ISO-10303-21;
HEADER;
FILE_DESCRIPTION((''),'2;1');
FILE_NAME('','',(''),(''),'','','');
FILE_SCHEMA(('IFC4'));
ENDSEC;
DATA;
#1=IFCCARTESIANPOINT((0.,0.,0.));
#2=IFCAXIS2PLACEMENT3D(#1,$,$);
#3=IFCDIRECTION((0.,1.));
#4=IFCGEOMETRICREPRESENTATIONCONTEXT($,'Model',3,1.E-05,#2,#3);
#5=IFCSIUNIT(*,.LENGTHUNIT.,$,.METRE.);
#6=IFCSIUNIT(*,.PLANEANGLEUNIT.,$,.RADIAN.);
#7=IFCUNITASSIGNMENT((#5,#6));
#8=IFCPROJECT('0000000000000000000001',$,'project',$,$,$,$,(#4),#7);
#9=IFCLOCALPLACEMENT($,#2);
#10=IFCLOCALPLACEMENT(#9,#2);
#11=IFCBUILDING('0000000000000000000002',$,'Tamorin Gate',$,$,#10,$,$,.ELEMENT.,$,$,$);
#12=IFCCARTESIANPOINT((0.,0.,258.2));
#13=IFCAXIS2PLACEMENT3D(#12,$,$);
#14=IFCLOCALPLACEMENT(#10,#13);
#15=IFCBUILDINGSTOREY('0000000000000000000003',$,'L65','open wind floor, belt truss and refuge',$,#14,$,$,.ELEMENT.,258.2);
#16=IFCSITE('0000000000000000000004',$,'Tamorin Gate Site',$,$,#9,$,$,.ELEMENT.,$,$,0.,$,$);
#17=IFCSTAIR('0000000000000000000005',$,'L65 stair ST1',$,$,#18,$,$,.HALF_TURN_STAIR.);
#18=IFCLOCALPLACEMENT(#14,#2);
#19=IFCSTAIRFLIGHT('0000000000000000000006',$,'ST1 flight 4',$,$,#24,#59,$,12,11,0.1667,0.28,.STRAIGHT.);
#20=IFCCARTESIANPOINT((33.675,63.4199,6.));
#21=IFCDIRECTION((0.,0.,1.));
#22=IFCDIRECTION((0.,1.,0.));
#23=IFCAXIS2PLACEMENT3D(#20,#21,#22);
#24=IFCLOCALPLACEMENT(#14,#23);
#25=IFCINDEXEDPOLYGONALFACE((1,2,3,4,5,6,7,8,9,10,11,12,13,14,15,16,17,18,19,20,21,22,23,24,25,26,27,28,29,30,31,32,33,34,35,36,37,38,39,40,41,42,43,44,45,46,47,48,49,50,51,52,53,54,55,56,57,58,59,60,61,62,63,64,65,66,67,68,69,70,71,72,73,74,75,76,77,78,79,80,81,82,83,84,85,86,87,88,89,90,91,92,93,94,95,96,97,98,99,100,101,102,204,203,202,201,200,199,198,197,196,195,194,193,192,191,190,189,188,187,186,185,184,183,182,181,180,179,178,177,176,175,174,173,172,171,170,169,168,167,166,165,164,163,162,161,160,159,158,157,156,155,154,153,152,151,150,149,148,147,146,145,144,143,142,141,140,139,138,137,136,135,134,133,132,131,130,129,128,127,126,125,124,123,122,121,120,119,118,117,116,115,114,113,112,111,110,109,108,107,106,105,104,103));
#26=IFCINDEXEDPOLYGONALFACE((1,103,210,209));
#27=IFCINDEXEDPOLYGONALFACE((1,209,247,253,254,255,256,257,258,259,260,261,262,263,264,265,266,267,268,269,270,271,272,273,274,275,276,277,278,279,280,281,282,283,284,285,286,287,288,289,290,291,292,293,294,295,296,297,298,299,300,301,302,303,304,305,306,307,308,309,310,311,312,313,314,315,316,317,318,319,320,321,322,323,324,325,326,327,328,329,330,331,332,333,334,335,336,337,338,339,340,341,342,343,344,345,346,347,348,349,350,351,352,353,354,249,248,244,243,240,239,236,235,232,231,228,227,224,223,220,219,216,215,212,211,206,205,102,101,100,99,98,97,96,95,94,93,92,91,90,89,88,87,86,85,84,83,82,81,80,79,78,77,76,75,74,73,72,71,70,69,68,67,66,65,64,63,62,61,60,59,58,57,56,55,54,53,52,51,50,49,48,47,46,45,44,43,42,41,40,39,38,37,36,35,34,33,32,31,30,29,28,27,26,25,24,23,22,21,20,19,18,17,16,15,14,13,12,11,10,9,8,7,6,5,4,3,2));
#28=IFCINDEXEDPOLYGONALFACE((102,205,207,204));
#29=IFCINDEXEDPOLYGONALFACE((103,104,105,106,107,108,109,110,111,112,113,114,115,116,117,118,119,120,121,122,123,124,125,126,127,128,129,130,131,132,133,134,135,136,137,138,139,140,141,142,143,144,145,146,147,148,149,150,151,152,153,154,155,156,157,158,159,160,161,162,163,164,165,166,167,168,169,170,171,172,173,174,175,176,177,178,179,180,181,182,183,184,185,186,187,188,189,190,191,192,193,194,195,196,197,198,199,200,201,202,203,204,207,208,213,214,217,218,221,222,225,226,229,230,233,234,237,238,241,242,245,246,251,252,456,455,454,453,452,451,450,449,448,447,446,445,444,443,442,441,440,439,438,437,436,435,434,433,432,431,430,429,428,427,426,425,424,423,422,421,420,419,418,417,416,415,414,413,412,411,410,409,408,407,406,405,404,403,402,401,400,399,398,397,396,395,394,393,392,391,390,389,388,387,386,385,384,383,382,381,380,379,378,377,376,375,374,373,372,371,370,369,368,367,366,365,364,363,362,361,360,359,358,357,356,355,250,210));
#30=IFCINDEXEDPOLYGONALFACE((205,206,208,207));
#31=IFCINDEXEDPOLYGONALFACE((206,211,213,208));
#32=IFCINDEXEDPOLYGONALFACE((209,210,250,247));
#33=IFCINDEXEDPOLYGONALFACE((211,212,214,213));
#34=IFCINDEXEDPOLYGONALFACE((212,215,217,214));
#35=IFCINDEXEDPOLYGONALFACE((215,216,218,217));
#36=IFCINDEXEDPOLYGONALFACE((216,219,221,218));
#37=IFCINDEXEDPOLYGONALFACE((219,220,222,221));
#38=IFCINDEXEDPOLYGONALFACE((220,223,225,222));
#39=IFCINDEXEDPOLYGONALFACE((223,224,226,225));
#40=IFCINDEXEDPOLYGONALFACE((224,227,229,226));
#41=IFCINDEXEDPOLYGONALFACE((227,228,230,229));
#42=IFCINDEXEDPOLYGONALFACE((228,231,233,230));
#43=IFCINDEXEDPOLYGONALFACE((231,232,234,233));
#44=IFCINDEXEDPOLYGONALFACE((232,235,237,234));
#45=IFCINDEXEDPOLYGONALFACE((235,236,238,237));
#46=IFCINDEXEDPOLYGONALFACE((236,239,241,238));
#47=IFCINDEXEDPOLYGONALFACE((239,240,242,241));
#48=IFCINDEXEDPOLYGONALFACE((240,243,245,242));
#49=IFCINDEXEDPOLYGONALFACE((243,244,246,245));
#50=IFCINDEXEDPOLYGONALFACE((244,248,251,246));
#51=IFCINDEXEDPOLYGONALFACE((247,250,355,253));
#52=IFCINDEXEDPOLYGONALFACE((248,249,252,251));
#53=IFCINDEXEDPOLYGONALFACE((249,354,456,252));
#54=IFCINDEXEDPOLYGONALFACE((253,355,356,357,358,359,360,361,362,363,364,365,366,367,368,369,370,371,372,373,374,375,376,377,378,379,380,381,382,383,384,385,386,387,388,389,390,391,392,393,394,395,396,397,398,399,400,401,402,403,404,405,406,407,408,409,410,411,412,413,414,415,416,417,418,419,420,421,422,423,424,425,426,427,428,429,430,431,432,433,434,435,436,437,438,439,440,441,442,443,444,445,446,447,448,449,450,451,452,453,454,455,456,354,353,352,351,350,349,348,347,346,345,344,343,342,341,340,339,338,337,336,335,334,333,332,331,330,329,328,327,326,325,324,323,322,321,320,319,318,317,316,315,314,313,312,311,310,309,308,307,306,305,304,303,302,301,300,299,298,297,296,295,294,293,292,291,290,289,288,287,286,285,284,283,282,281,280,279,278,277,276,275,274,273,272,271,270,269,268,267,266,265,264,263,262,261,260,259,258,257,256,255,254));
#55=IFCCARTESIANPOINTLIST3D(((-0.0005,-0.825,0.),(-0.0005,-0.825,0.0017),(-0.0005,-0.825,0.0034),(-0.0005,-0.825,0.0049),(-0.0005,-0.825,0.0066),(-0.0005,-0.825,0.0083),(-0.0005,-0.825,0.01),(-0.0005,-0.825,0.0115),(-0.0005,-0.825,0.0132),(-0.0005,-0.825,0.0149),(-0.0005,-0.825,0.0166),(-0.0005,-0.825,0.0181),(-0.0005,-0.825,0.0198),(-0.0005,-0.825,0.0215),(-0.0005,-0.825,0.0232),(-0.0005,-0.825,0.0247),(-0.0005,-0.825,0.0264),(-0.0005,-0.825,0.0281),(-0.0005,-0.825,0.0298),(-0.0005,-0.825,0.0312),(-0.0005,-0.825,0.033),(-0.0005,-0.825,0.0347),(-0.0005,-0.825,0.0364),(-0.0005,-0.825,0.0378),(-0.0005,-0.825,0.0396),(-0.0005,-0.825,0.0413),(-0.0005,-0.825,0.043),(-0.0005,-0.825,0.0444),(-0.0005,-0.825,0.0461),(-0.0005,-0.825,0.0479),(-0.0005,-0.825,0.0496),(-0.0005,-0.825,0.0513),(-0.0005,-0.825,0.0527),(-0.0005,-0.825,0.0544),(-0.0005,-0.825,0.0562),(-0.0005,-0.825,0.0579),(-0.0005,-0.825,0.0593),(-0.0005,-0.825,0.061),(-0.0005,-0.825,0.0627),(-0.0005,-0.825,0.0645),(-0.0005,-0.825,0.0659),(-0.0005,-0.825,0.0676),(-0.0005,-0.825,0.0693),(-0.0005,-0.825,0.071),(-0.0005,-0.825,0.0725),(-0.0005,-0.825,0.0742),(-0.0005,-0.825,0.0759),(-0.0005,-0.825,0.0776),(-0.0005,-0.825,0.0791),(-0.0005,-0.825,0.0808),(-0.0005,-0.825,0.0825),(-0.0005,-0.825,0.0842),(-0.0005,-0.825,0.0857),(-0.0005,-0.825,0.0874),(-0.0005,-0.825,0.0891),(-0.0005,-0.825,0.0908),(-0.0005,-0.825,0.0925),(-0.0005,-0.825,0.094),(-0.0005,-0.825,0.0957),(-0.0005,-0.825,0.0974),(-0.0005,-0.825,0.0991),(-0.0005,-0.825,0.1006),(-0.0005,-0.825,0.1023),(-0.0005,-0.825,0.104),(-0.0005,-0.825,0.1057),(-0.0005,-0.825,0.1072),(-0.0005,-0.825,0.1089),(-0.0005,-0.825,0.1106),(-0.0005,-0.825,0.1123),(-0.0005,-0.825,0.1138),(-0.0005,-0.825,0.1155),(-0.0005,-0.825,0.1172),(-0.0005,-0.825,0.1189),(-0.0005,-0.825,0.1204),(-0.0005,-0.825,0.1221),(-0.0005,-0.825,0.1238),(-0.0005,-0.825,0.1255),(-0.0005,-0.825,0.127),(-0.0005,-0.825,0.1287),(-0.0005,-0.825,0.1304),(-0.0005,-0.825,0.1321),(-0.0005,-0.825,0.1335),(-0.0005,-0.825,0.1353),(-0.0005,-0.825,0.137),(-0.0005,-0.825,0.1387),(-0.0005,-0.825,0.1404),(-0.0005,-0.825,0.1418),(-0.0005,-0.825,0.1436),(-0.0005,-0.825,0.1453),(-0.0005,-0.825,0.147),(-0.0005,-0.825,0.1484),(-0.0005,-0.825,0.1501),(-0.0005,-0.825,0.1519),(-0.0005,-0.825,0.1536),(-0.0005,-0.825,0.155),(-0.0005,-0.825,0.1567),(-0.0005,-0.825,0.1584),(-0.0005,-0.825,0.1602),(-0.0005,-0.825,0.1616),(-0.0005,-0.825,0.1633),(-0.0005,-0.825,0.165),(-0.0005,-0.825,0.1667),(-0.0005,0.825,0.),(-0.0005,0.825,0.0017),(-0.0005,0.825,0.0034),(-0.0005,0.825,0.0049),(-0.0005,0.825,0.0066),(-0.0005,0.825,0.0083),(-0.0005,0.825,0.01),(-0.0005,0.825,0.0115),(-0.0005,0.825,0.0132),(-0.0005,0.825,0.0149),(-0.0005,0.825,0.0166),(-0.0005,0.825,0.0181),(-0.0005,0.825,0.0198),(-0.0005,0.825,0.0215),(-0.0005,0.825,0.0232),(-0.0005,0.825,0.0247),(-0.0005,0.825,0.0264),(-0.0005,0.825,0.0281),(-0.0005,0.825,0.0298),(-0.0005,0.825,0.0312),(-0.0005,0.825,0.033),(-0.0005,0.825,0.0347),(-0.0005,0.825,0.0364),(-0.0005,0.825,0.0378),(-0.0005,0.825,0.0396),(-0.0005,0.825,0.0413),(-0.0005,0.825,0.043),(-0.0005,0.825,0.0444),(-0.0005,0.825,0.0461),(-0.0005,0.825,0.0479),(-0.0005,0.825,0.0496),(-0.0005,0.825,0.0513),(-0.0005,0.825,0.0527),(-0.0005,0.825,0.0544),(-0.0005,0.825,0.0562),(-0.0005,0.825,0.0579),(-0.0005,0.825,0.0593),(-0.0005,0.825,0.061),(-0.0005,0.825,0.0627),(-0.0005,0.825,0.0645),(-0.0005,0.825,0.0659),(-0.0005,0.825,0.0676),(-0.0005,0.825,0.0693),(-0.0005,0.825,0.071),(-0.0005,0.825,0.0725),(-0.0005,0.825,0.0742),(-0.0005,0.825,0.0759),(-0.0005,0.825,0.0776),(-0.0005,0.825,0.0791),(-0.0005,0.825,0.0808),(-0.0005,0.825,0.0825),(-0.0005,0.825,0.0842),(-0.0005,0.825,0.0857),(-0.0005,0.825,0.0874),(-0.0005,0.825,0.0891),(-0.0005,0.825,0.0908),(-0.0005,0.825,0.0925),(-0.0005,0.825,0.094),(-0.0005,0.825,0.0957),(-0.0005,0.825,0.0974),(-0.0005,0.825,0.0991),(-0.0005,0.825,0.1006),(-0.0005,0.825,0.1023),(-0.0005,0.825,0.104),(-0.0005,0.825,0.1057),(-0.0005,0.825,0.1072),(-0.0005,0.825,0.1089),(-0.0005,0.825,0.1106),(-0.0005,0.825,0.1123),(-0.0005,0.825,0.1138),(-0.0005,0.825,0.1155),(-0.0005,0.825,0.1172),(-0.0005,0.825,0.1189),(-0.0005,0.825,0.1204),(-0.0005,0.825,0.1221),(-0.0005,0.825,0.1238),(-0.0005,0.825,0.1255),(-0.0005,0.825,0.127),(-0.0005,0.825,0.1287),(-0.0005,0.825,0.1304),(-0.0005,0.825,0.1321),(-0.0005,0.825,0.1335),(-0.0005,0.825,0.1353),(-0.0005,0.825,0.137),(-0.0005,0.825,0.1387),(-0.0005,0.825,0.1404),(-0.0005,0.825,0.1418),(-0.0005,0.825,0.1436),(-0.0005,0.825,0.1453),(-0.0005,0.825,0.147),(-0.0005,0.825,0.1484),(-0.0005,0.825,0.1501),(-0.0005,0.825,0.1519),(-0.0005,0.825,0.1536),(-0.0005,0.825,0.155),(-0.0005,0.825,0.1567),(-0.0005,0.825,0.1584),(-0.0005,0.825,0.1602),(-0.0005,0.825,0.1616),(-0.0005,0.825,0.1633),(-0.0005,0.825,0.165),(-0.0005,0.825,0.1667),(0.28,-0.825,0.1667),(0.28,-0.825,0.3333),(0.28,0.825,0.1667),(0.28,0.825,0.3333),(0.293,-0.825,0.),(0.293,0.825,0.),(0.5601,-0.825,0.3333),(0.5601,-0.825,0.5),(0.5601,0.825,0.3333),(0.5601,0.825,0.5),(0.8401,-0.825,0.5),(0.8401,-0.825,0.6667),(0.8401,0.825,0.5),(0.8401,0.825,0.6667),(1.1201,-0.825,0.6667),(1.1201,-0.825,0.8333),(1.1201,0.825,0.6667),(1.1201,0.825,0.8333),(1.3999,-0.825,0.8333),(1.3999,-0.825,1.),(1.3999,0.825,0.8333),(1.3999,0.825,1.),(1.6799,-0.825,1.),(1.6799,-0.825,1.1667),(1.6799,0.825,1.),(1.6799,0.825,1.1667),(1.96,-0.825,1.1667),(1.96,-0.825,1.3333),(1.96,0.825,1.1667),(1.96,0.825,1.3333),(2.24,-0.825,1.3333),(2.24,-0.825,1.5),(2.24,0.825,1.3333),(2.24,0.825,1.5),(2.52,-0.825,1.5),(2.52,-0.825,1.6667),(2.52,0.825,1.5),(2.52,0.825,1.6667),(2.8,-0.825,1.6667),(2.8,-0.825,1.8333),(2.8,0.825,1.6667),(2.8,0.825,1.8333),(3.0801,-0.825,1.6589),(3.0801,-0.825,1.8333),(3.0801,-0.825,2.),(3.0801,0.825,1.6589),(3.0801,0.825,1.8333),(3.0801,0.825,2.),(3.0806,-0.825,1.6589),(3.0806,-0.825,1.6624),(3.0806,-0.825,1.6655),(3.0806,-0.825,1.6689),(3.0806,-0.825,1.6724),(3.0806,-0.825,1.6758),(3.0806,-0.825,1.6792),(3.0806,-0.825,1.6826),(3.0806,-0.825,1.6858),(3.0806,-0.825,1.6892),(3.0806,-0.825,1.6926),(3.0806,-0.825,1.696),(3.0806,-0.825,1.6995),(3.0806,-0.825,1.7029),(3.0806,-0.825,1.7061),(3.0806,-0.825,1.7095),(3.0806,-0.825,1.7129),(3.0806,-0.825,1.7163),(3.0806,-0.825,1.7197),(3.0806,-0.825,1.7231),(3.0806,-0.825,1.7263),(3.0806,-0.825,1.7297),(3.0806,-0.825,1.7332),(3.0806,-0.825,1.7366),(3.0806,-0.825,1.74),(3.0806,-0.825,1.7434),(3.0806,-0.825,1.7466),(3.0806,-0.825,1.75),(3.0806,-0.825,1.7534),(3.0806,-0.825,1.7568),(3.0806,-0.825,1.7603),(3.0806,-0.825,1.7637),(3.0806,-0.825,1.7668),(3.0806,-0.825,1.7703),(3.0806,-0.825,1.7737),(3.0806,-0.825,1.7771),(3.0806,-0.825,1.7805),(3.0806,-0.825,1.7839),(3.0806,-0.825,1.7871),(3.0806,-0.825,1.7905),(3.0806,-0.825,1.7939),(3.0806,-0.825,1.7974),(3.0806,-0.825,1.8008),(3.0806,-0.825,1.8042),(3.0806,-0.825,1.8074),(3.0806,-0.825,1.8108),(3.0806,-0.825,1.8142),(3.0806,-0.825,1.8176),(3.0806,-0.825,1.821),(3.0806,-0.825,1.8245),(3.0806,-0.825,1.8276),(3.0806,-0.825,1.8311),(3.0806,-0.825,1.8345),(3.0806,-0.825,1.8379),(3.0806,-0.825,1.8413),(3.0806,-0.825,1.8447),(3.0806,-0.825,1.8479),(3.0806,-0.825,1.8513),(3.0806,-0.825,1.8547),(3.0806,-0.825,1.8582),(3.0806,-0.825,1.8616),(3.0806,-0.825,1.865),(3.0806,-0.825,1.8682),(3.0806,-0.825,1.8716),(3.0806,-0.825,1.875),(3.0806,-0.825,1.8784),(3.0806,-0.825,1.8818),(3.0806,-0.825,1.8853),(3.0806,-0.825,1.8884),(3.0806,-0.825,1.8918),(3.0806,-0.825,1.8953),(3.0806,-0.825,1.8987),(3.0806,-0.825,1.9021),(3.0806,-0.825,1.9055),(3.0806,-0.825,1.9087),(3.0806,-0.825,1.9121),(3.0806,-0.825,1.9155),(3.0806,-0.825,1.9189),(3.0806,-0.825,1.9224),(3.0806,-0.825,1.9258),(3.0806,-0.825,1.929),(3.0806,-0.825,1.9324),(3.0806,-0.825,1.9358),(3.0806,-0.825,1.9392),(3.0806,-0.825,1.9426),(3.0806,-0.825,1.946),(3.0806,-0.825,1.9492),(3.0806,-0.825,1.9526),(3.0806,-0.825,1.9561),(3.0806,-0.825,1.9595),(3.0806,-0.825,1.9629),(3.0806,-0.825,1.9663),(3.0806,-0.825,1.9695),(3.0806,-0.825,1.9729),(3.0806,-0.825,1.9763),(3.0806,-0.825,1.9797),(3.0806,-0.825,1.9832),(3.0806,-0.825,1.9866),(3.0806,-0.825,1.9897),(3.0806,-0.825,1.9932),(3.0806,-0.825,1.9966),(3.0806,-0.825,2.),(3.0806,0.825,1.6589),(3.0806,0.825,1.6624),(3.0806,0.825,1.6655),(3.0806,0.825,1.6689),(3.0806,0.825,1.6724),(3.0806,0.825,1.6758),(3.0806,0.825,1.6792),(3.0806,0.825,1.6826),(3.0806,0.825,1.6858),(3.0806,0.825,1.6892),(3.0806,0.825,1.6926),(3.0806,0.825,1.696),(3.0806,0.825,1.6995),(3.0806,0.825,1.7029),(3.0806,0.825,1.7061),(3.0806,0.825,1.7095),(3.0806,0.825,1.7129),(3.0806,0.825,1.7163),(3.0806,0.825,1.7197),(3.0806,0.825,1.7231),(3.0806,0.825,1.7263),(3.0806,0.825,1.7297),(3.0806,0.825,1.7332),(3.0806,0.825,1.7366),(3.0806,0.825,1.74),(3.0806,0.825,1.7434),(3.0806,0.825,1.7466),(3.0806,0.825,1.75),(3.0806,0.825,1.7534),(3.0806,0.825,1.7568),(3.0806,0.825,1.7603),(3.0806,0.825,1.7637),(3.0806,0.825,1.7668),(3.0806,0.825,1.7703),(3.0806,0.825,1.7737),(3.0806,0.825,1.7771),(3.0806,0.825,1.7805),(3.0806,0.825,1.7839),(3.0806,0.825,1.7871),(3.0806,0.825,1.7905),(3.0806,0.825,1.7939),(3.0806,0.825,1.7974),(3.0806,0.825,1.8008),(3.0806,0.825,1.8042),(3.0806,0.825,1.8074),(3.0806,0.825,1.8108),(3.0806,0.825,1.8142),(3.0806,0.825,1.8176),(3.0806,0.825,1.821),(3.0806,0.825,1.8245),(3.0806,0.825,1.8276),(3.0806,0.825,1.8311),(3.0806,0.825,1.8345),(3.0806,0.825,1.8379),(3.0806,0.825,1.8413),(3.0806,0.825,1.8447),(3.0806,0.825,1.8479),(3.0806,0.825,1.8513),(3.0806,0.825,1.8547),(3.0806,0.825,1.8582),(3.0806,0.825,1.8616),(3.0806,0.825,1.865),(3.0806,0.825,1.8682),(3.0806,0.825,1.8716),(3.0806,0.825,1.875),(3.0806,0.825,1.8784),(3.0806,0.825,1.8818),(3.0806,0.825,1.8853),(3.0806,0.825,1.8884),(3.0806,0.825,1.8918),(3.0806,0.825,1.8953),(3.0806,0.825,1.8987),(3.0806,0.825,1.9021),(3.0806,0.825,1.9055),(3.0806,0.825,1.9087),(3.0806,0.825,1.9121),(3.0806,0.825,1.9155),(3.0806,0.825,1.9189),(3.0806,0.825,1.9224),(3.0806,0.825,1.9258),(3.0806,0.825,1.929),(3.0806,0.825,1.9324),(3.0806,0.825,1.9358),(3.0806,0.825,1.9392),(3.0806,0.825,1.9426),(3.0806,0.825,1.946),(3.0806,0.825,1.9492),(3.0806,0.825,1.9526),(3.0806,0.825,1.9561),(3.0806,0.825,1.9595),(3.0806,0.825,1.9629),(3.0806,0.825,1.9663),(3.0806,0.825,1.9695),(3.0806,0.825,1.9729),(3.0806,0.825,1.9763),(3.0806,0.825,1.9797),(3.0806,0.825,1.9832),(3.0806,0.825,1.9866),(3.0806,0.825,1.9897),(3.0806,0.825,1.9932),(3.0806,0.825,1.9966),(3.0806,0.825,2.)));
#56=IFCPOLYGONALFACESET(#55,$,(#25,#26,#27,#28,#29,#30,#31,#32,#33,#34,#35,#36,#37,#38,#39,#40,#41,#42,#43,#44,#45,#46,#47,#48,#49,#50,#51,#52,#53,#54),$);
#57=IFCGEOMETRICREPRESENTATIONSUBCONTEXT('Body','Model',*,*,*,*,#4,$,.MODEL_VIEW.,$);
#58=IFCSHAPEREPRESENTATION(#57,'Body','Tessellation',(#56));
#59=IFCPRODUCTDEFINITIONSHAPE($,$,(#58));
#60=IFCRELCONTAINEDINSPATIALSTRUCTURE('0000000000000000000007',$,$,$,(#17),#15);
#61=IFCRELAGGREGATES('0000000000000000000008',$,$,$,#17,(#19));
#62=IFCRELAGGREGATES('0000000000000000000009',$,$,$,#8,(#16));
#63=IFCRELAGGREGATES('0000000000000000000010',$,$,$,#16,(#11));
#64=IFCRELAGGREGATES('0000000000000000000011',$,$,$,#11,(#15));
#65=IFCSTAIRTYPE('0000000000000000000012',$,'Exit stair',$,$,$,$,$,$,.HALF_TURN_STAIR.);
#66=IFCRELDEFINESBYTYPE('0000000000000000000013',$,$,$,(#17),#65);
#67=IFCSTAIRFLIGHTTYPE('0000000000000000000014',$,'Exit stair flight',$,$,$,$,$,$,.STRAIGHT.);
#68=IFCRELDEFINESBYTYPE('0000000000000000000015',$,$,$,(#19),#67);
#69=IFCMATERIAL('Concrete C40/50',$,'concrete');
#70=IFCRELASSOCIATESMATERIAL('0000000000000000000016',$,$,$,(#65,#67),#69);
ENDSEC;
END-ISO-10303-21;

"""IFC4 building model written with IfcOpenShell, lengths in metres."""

from ifc_helpers import new_model, si_unit, direction, frame, origin, place, context, subcontext, project, spatial, polyline, outline, extrude, material, type_object, element, aggregate, save


model = new_model("IFC4")

# Units and contexts
model_context = context("Model", 3, precision=1e-05, world=origin(), true_north=direction((0.0, 1.0)))
body_context = subcontext(model_context, "Body", "Model", "MODEL_VIEW")
ifc_project = project(units=[si_unit("LENGTHUNIT", "METRE"), si_unit("PLANEANGLEUNIT", "RADIAN")], contexts=[model_context])

# Site, building, storey
site_placement = place(None, origin())
site = spatial("IfcSite", under=ifc_project, at=site_placement, Name="Tamorin Gate Site", CompositionType="ELEMENT", RefElevation=0.0)
building_placement = place(site_placement, origin())
building = spatial("IfcBuilding", under=site, at=building_placement, Name="Tamorin Gate", CompositionType="ELEMENT")
storey_placement = place(building_placement, frame((0.0, 0.0, 258.2)))
storey = spatial("IfcBuildingStorey", under=building, at=storey_placement, Name="L65", Description="open wind floor, belt truss and refuge", CompositionType="ELEMENT", Elevation=258.2)

# Stair, stair flight
ifc_material_1 = material(Name="Concrete C40/50", Category="concrete")
stair_type = type_object("IfcStairType", Name="Exit stair", PredefinedType="HALF_TURN_STAIR", material=ifc_material_1)
stair_placement = place(storey_placement, origin())
stair = element("IfcStair", 1, at=stair_placement, inside=storey, type_object=stair_type, Name="L65 stair ST1", PredefinedType="HALF_TURN_STAIR")
stair_flight_type = type_object("IfcStairFlightType", Name="Exit stair flight", PredefinedType="STRAIGHT", material=ifc_material_1)
stair_flight_1_placement = place(storey_placement, frame((33.675, 63.4199, 6.0), z_axis=(0.0, 0.0, 1.0), x_axis=(0.0, 1.0, 0.0)))
stair_flight_1 = element("IfcStairFlight", 2, at=stair_flight_1_placement, type_object=stair_flight_type, Name="ST1 flight 4", NumberOfRisers=12, NumberOfTreads=11, PredefinedType="STRAIGHT", RiserHeight=0.1667, TreadLength=0.28, context=body_context, shape_type="SweptSolid", body=[
    extrude(outline(polyline([(-0.0005, 0.0), (-0.0005, 0.0017), (-0.0005, 0.0034), (-0.0005, 0.0049), (-0.0005, 0.0066), (-0.0005, 0.0083), (-0.0005, 0.01), (-0.0005, 0.0115), (-0.0005, 0.0132), (-0.0005, 0.0149), (-0.0005, 0.0166), (-0.0005, 0.0181), (-0.0005, 0.0198), (-0.0005, 0.0215), (-0.0005, 0.0232), (-0.0005, 0.0247), (-0.0005, 0.0264), (-0.0005, 0.0281), (-0.0005, 0.0298), (-0.0005, 0.0312), (-0.0005, 0.033), (-0.0005, 0.0347), (-0.0005, 0.0364), (-0.0005, 0.0378), (-0.0005, 0.0396), (-0.0005, 0.0413), (-0.0005, 0.043), (-0.0005, 0.0444), (-0.0005, 0.0461), (-0.0005, 0.0479), (-0.0005, 0.0496), (-0.0005, 0.0513), (-0.0005, 0.0527), (-0.0005, 0.0544), (-0.0005, 0.0562), (-0.0005, 0.0579), (-0.0005, 0.0593), (-0.0005, 0.061), (-0.0005, 0.0627), (-0.0005, 0.0645), (-0.0005, 0.0659), (-0.0005, 0.0676), (-0.0005, 0.0693), (-0.0005, 0.071), (-0.0005, 0.0725), (-0.0005, 0.0742), (-0.0005, 0.0759), (-0.0005, 0.0776), (-0.0005, 0.0791), (-0.0005, 0.0808), (-0.0005, 0.0825), (-0.0005, 0.0842), (-0.0005, 0.0857), (-0.0005, 0.0874), (-0.0005, 0.0891), (-0.0005, 0.0908), (-0.0005, 0.0925), (-0.0005, 0.094), (-0.0005, 0.0957), (-0.0005, 0.0974), (-0.0005, 0.0991), (-0.0005, 0.1006), (-0.0005, 0.1023), (-0.0005, 0.104), (-0.0005, 0.1057), (-0.0005, 0.1072), (-0.0005, 0.1089), (-0.0005, 0.1106), (-0.0005, 0.1123), (-0.0005, 0.1138), (-0.0005, 0.1155), (-0.0005, 0.1172), (-0.0005, 0.1189), (-0.0005, 0.1204), (-0.0005, 0.1221), (-0.0005, 0.1238), (-0.0005, 0.1255), (-0.0005, 0.127), (-0.0005, 0.1287), (-0.0005, 0.1304), (-0.0005, 0.1321), (-0.0005, 0.1335), (-0.0005, 0.1353), (-0.0005, 0.137), (-0.0005, 0.1387), (-0.0005, 0.1404), (-0.0005, 0.1418), (-0.0005, 0.1436), (-0.0005, 0.1453), (-0.0005, 0.147), (-0.0005, 0.1484), (-0.0005, 0.1501), (-0.0005, 0.1519), (-0.0005, 0.1536), (-0.0005, 0.155), (-0.0005, 0.1567), (-0.0005, 0.1584), (-0.0005, 0.1602), (-0.0005, 0.1616), (-0.0005, 0.1633), (-0.0005, 0.165), (-0.0005, 0.1667), (0.28, 0.1667), (0.28, 0.3333), (0.5601, 0.3333), (0.5601, 0.5), (0.8401, 0.5), (0.8401, 0.6667), (1.1201, 0.6667), (1.1201, 0.8333), (1.3999, 0.8333), (1.3999, 1.0), (1.6799, 1.0), (1.6799, 1.1667), (1.96, 1.1667), (1.96, 1.3333), (2.24, 1.3333), (2.24, 1.5), (2.52, 1.5), (2.52, 1.6667), (2.8, 1.6667), (2.8, 1.8333), (3.0801, 1.8333), (3.0801, 2.0), (3.0806, 2.0), (3.0806, 1.9966), (3.0806, 1.9932), (3.0806, 1.9897), (3.0806, 1.9866), (3.0806, 1.9832), (3.0806, 1.9797), (3.0806, 1.9763), (3.0806, 1.9729), (3.0806, 1.9695), (3.0806, 1.9663), (3.0806, 1.9629), (3.0806, 1.9595), (3.0806, 1.9561), (3.0806, 1.9526), (3.0806, 1.9492), (3.0806, 1.946), (3.0806, 1.9426), (3.0806, 1.9392), (3.0806, 1.9358), (3.0806, 1.9324), (3.0806, 1.929), (3.0806, 1.9258), (3.0806, 1.9224), (3.0806, 1.9189), (3.0806, 1.9155), (3.0806, 1.9121), (3.0806, 1.9087), (3.0806, 1.9055), (3.0806, 1.9021), (3.0806, 1.8987), (3.0806, 1.8953), (3.0806, 1.8918), (3.0806, 1.8884), (3.0806, 1.8853), (3.0806, 1.8818), (3.0806, 1.8784), (3.0806, 1.875), (3.0806, 1.8716), (3.0806, 1.8682), (3.0806, 1.865), (3.0806, 1.8616), (3.0806, 1.8582), (3.0806, 1.8547), (3.0806, 1.8513), (3.0806, 1.8479), (3.0806, 1.8447), (3.0806, 1.8413), (3.0806, 1.8379), (3.0806, 1.8345), (3.0806, 1.8311), (3.0806, 1.8276), (3.0806, 1.8245), (3.0806, 1.821), (3.0806, 1.8176), (3.0806, 1.8142), (3.0806, 1.8108), (3.0806, 1.8074), (3.0806, 1.8042), (3.0806, 1.8008), (3.0806, 1.7974), (3.0806, 1.7939), (3.0806, 1.7905), (3.0806, 1.7871), (3.0806, 1.7839), (3.0806, 1.7805), (3.0806, 1.7771), (3.0806, 1.7737), (3.0806, 1.7703), (3.0806, 1.7668), (3.0806, 1.7637), (3.0806, 1.7603), (3.0806, 1.7568), (3.0806, 1.7534), (3.0806, 1.75), (3.0806, 1.7466), (3.0806, 1.7434), (3.0806, 1.74), (3.0806, 1.7366), (3.0806, 1.7332), (3.0806, 1.7297), (3.0806, 1.7263), (3.0806, 1.7231), (3.0806, 1.7197), (3.0806, 1.7163), (3.0806, 1.7129), (3.0806, 1.7095), (3.0806, 1.7061), (3.0806, 1.7029), (3.0806, 1.6995), (3.0806, 1.696), (3.0806, 1.6926), (3.0806, 1.6892), (3.0806, 1.6858), (3.0806, 1.6826), (3.0806, 1.6792), (3.0806, 1.6758), (3.0806, 1.6724), (3.0806, 1.6689), (3.0806, 1.6655), (3.0806, 1.6624), (3.0806, 1.6589), (3.0801, 1.6589), (0.293, 0.0), (-0.0005, 0.0)])), frame((0.0, 0.825, 0.0), z_axis=(0.0, -1.0, 0.0), x_axis=(1.0, 0.0, 0.0)), (0.0, 0.0, 1.0), 1.6499),
])
aggregate(stair, [stair_flight_1])

save(model, "model.ifc")
